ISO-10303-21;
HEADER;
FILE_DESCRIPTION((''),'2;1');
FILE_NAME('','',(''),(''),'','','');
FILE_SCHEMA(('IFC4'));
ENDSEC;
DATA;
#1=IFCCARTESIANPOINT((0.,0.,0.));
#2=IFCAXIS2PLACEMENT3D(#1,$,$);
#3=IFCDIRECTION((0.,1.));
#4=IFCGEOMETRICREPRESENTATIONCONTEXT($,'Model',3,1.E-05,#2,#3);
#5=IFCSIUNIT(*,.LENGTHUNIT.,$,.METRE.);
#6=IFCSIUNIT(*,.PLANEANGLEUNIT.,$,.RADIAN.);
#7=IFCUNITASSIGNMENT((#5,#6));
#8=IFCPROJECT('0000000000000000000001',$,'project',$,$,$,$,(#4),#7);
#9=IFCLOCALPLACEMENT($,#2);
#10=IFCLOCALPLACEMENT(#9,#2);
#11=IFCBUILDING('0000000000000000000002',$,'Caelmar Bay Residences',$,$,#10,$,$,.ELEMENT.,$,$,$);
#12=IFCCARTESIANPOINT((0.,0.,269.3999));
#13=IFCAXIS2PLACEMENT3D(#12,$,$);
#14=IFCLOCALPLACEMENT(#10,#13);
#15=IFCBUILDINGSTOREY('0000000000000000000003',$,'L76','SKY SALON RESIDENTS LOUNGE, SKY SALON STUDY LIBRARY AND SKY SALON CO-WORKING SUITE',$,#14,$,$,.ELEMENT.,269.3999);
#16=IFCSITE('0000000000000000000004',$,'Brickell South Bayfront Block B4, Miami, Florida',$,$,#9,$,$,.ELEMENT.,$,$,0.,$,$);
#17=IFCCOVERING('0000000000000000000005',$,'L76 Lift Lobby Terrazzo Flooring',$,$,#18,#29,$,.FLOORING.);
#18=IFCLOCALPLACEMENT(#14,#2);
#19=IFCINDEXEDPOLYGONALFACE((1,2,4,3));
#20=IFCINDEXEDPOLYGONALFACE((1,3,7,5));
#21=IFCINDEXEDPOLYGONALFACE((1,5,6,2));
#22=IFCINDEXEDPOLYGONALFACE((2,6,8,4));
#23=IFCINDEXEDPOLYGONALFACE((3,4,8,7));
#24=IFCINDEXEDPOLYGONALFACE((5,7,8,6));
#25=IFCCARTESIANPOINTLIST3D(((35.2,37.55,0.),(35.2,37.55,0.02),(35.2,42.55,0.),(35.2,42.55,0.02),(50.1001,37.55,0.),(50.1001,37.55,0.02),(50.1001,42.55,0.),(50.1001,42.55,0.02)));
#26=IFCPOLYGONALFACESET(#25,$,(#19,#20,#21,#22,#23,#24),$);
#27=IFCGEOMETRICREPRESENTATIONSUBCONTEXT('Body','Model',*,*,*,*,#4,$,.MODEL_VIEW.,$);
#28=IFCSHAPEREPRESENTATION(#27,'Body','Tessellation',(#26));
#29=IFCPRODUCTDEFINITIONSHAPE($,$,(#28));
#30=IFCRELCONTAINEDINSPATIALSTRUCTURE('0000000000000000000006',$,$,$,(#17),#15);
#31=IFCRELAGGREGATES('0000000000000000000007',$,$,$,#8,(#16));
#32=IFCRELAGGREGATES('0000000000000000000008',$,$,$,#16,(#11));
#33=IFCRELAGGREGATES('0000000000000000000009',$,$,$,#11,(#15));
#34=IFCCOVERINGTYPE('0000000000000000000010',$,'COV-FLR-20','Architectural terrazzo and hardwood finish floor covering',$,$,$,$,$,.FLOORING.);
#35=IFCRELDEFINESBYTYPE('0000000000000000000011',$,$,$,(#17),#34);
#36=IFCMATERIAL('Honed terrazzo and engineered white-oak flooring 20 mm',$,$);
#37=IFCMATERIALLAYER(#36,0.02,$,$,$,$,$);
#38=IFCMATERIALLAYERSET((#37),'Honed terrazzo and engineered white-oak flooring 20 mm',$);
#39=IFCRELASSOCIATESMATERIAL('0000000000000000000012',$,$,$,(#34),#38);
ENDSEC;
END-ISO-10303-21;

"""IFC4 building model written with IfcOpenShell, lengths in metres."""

from ifc_helpers import new_model, si_unit, direction, frame, origin, place, context, subcontext, project, spatial, polyline, outline, extrude, material, layer, layer_set, type_object, element, save


model = new_model("IFC4")

# Units and contexts
model_context = context("Model", 3, precision=1e-05, world=origin(), true_north=direction((0.0, 1.0)))
body_context = subcontext(model_context, "Body", "Model", "MODEL_VIEW")
ifc_project = project(units=[si_unit("LENGTHUNIT", "METRE"), si_unit("PLANEANGLEUNIT", "RADIAN")], contexts=[model_context])

# Site, building, storey
site_placement = place(None, origin())
site = spatial("IfcSite", under=ifc_project, at=site_placement, Name="Brickell South Bayfront Block B4, Miami, Florida", CompositionType="ELEMENT", RefElevation=0.0)
building_placement = place(site_placement, origin())
building = spatial("IfcBuilding", under=site, at=building_placement, Name="Caelmar Bay Residences", CompositionType="ELEMENT")
storey_placement = place(building_placement, frame((0.0, 0.0, 269.3999)))
storey = spatial("IfcBuildingStorey", under=building, at=storey_placement, Name="L76", Description="SKY SALON RESIDENTS LOUNGE, SKY SALON STUDY LIBRARY AND SKY SALON CO-WORKING SUITE", CompositionType="ELEMENT", Elevation=269.3999)

# Covering
ifc_material_1 = material(Name="Honed terrazzo and engineered white-oak flooring 20 mm")
ifc_layer_1 = layer(ifc_material_1, 0.02)
ifc_layer_set_1 = layer_set([ifc_layer_1], Name="Honed terrazzo and engineered white-oak flooring 20 mm")
covering_type_1 = type_object("IfcCoveringType", Name="COV-FLR-20", Description="Architectural terrazzo and hardwood finish floor covering", PredefinedType="FLOORING", material=ifc_layer_set_1)
covering_1_placement = place(storey_placement, origin())
element("IfcCovering", 1, at=covering_1_placement, inside=storey, type_object=covering_type_1, Name="L76 Lift Lobby Terrazzo Flooring", PredefinedType="FLOORING", context=body_context, shape_type="SweptSolid", body=[
    extrude(outline(polyline([(35.2, 37.55), (50.1001, 37.55), (50.1001, 42.55), (35.2, 42.55), (35.2, 37.55)])), origin(), (0.0, 0.0, 1.0), 0.02),
])

save(model, "model.ifc")
